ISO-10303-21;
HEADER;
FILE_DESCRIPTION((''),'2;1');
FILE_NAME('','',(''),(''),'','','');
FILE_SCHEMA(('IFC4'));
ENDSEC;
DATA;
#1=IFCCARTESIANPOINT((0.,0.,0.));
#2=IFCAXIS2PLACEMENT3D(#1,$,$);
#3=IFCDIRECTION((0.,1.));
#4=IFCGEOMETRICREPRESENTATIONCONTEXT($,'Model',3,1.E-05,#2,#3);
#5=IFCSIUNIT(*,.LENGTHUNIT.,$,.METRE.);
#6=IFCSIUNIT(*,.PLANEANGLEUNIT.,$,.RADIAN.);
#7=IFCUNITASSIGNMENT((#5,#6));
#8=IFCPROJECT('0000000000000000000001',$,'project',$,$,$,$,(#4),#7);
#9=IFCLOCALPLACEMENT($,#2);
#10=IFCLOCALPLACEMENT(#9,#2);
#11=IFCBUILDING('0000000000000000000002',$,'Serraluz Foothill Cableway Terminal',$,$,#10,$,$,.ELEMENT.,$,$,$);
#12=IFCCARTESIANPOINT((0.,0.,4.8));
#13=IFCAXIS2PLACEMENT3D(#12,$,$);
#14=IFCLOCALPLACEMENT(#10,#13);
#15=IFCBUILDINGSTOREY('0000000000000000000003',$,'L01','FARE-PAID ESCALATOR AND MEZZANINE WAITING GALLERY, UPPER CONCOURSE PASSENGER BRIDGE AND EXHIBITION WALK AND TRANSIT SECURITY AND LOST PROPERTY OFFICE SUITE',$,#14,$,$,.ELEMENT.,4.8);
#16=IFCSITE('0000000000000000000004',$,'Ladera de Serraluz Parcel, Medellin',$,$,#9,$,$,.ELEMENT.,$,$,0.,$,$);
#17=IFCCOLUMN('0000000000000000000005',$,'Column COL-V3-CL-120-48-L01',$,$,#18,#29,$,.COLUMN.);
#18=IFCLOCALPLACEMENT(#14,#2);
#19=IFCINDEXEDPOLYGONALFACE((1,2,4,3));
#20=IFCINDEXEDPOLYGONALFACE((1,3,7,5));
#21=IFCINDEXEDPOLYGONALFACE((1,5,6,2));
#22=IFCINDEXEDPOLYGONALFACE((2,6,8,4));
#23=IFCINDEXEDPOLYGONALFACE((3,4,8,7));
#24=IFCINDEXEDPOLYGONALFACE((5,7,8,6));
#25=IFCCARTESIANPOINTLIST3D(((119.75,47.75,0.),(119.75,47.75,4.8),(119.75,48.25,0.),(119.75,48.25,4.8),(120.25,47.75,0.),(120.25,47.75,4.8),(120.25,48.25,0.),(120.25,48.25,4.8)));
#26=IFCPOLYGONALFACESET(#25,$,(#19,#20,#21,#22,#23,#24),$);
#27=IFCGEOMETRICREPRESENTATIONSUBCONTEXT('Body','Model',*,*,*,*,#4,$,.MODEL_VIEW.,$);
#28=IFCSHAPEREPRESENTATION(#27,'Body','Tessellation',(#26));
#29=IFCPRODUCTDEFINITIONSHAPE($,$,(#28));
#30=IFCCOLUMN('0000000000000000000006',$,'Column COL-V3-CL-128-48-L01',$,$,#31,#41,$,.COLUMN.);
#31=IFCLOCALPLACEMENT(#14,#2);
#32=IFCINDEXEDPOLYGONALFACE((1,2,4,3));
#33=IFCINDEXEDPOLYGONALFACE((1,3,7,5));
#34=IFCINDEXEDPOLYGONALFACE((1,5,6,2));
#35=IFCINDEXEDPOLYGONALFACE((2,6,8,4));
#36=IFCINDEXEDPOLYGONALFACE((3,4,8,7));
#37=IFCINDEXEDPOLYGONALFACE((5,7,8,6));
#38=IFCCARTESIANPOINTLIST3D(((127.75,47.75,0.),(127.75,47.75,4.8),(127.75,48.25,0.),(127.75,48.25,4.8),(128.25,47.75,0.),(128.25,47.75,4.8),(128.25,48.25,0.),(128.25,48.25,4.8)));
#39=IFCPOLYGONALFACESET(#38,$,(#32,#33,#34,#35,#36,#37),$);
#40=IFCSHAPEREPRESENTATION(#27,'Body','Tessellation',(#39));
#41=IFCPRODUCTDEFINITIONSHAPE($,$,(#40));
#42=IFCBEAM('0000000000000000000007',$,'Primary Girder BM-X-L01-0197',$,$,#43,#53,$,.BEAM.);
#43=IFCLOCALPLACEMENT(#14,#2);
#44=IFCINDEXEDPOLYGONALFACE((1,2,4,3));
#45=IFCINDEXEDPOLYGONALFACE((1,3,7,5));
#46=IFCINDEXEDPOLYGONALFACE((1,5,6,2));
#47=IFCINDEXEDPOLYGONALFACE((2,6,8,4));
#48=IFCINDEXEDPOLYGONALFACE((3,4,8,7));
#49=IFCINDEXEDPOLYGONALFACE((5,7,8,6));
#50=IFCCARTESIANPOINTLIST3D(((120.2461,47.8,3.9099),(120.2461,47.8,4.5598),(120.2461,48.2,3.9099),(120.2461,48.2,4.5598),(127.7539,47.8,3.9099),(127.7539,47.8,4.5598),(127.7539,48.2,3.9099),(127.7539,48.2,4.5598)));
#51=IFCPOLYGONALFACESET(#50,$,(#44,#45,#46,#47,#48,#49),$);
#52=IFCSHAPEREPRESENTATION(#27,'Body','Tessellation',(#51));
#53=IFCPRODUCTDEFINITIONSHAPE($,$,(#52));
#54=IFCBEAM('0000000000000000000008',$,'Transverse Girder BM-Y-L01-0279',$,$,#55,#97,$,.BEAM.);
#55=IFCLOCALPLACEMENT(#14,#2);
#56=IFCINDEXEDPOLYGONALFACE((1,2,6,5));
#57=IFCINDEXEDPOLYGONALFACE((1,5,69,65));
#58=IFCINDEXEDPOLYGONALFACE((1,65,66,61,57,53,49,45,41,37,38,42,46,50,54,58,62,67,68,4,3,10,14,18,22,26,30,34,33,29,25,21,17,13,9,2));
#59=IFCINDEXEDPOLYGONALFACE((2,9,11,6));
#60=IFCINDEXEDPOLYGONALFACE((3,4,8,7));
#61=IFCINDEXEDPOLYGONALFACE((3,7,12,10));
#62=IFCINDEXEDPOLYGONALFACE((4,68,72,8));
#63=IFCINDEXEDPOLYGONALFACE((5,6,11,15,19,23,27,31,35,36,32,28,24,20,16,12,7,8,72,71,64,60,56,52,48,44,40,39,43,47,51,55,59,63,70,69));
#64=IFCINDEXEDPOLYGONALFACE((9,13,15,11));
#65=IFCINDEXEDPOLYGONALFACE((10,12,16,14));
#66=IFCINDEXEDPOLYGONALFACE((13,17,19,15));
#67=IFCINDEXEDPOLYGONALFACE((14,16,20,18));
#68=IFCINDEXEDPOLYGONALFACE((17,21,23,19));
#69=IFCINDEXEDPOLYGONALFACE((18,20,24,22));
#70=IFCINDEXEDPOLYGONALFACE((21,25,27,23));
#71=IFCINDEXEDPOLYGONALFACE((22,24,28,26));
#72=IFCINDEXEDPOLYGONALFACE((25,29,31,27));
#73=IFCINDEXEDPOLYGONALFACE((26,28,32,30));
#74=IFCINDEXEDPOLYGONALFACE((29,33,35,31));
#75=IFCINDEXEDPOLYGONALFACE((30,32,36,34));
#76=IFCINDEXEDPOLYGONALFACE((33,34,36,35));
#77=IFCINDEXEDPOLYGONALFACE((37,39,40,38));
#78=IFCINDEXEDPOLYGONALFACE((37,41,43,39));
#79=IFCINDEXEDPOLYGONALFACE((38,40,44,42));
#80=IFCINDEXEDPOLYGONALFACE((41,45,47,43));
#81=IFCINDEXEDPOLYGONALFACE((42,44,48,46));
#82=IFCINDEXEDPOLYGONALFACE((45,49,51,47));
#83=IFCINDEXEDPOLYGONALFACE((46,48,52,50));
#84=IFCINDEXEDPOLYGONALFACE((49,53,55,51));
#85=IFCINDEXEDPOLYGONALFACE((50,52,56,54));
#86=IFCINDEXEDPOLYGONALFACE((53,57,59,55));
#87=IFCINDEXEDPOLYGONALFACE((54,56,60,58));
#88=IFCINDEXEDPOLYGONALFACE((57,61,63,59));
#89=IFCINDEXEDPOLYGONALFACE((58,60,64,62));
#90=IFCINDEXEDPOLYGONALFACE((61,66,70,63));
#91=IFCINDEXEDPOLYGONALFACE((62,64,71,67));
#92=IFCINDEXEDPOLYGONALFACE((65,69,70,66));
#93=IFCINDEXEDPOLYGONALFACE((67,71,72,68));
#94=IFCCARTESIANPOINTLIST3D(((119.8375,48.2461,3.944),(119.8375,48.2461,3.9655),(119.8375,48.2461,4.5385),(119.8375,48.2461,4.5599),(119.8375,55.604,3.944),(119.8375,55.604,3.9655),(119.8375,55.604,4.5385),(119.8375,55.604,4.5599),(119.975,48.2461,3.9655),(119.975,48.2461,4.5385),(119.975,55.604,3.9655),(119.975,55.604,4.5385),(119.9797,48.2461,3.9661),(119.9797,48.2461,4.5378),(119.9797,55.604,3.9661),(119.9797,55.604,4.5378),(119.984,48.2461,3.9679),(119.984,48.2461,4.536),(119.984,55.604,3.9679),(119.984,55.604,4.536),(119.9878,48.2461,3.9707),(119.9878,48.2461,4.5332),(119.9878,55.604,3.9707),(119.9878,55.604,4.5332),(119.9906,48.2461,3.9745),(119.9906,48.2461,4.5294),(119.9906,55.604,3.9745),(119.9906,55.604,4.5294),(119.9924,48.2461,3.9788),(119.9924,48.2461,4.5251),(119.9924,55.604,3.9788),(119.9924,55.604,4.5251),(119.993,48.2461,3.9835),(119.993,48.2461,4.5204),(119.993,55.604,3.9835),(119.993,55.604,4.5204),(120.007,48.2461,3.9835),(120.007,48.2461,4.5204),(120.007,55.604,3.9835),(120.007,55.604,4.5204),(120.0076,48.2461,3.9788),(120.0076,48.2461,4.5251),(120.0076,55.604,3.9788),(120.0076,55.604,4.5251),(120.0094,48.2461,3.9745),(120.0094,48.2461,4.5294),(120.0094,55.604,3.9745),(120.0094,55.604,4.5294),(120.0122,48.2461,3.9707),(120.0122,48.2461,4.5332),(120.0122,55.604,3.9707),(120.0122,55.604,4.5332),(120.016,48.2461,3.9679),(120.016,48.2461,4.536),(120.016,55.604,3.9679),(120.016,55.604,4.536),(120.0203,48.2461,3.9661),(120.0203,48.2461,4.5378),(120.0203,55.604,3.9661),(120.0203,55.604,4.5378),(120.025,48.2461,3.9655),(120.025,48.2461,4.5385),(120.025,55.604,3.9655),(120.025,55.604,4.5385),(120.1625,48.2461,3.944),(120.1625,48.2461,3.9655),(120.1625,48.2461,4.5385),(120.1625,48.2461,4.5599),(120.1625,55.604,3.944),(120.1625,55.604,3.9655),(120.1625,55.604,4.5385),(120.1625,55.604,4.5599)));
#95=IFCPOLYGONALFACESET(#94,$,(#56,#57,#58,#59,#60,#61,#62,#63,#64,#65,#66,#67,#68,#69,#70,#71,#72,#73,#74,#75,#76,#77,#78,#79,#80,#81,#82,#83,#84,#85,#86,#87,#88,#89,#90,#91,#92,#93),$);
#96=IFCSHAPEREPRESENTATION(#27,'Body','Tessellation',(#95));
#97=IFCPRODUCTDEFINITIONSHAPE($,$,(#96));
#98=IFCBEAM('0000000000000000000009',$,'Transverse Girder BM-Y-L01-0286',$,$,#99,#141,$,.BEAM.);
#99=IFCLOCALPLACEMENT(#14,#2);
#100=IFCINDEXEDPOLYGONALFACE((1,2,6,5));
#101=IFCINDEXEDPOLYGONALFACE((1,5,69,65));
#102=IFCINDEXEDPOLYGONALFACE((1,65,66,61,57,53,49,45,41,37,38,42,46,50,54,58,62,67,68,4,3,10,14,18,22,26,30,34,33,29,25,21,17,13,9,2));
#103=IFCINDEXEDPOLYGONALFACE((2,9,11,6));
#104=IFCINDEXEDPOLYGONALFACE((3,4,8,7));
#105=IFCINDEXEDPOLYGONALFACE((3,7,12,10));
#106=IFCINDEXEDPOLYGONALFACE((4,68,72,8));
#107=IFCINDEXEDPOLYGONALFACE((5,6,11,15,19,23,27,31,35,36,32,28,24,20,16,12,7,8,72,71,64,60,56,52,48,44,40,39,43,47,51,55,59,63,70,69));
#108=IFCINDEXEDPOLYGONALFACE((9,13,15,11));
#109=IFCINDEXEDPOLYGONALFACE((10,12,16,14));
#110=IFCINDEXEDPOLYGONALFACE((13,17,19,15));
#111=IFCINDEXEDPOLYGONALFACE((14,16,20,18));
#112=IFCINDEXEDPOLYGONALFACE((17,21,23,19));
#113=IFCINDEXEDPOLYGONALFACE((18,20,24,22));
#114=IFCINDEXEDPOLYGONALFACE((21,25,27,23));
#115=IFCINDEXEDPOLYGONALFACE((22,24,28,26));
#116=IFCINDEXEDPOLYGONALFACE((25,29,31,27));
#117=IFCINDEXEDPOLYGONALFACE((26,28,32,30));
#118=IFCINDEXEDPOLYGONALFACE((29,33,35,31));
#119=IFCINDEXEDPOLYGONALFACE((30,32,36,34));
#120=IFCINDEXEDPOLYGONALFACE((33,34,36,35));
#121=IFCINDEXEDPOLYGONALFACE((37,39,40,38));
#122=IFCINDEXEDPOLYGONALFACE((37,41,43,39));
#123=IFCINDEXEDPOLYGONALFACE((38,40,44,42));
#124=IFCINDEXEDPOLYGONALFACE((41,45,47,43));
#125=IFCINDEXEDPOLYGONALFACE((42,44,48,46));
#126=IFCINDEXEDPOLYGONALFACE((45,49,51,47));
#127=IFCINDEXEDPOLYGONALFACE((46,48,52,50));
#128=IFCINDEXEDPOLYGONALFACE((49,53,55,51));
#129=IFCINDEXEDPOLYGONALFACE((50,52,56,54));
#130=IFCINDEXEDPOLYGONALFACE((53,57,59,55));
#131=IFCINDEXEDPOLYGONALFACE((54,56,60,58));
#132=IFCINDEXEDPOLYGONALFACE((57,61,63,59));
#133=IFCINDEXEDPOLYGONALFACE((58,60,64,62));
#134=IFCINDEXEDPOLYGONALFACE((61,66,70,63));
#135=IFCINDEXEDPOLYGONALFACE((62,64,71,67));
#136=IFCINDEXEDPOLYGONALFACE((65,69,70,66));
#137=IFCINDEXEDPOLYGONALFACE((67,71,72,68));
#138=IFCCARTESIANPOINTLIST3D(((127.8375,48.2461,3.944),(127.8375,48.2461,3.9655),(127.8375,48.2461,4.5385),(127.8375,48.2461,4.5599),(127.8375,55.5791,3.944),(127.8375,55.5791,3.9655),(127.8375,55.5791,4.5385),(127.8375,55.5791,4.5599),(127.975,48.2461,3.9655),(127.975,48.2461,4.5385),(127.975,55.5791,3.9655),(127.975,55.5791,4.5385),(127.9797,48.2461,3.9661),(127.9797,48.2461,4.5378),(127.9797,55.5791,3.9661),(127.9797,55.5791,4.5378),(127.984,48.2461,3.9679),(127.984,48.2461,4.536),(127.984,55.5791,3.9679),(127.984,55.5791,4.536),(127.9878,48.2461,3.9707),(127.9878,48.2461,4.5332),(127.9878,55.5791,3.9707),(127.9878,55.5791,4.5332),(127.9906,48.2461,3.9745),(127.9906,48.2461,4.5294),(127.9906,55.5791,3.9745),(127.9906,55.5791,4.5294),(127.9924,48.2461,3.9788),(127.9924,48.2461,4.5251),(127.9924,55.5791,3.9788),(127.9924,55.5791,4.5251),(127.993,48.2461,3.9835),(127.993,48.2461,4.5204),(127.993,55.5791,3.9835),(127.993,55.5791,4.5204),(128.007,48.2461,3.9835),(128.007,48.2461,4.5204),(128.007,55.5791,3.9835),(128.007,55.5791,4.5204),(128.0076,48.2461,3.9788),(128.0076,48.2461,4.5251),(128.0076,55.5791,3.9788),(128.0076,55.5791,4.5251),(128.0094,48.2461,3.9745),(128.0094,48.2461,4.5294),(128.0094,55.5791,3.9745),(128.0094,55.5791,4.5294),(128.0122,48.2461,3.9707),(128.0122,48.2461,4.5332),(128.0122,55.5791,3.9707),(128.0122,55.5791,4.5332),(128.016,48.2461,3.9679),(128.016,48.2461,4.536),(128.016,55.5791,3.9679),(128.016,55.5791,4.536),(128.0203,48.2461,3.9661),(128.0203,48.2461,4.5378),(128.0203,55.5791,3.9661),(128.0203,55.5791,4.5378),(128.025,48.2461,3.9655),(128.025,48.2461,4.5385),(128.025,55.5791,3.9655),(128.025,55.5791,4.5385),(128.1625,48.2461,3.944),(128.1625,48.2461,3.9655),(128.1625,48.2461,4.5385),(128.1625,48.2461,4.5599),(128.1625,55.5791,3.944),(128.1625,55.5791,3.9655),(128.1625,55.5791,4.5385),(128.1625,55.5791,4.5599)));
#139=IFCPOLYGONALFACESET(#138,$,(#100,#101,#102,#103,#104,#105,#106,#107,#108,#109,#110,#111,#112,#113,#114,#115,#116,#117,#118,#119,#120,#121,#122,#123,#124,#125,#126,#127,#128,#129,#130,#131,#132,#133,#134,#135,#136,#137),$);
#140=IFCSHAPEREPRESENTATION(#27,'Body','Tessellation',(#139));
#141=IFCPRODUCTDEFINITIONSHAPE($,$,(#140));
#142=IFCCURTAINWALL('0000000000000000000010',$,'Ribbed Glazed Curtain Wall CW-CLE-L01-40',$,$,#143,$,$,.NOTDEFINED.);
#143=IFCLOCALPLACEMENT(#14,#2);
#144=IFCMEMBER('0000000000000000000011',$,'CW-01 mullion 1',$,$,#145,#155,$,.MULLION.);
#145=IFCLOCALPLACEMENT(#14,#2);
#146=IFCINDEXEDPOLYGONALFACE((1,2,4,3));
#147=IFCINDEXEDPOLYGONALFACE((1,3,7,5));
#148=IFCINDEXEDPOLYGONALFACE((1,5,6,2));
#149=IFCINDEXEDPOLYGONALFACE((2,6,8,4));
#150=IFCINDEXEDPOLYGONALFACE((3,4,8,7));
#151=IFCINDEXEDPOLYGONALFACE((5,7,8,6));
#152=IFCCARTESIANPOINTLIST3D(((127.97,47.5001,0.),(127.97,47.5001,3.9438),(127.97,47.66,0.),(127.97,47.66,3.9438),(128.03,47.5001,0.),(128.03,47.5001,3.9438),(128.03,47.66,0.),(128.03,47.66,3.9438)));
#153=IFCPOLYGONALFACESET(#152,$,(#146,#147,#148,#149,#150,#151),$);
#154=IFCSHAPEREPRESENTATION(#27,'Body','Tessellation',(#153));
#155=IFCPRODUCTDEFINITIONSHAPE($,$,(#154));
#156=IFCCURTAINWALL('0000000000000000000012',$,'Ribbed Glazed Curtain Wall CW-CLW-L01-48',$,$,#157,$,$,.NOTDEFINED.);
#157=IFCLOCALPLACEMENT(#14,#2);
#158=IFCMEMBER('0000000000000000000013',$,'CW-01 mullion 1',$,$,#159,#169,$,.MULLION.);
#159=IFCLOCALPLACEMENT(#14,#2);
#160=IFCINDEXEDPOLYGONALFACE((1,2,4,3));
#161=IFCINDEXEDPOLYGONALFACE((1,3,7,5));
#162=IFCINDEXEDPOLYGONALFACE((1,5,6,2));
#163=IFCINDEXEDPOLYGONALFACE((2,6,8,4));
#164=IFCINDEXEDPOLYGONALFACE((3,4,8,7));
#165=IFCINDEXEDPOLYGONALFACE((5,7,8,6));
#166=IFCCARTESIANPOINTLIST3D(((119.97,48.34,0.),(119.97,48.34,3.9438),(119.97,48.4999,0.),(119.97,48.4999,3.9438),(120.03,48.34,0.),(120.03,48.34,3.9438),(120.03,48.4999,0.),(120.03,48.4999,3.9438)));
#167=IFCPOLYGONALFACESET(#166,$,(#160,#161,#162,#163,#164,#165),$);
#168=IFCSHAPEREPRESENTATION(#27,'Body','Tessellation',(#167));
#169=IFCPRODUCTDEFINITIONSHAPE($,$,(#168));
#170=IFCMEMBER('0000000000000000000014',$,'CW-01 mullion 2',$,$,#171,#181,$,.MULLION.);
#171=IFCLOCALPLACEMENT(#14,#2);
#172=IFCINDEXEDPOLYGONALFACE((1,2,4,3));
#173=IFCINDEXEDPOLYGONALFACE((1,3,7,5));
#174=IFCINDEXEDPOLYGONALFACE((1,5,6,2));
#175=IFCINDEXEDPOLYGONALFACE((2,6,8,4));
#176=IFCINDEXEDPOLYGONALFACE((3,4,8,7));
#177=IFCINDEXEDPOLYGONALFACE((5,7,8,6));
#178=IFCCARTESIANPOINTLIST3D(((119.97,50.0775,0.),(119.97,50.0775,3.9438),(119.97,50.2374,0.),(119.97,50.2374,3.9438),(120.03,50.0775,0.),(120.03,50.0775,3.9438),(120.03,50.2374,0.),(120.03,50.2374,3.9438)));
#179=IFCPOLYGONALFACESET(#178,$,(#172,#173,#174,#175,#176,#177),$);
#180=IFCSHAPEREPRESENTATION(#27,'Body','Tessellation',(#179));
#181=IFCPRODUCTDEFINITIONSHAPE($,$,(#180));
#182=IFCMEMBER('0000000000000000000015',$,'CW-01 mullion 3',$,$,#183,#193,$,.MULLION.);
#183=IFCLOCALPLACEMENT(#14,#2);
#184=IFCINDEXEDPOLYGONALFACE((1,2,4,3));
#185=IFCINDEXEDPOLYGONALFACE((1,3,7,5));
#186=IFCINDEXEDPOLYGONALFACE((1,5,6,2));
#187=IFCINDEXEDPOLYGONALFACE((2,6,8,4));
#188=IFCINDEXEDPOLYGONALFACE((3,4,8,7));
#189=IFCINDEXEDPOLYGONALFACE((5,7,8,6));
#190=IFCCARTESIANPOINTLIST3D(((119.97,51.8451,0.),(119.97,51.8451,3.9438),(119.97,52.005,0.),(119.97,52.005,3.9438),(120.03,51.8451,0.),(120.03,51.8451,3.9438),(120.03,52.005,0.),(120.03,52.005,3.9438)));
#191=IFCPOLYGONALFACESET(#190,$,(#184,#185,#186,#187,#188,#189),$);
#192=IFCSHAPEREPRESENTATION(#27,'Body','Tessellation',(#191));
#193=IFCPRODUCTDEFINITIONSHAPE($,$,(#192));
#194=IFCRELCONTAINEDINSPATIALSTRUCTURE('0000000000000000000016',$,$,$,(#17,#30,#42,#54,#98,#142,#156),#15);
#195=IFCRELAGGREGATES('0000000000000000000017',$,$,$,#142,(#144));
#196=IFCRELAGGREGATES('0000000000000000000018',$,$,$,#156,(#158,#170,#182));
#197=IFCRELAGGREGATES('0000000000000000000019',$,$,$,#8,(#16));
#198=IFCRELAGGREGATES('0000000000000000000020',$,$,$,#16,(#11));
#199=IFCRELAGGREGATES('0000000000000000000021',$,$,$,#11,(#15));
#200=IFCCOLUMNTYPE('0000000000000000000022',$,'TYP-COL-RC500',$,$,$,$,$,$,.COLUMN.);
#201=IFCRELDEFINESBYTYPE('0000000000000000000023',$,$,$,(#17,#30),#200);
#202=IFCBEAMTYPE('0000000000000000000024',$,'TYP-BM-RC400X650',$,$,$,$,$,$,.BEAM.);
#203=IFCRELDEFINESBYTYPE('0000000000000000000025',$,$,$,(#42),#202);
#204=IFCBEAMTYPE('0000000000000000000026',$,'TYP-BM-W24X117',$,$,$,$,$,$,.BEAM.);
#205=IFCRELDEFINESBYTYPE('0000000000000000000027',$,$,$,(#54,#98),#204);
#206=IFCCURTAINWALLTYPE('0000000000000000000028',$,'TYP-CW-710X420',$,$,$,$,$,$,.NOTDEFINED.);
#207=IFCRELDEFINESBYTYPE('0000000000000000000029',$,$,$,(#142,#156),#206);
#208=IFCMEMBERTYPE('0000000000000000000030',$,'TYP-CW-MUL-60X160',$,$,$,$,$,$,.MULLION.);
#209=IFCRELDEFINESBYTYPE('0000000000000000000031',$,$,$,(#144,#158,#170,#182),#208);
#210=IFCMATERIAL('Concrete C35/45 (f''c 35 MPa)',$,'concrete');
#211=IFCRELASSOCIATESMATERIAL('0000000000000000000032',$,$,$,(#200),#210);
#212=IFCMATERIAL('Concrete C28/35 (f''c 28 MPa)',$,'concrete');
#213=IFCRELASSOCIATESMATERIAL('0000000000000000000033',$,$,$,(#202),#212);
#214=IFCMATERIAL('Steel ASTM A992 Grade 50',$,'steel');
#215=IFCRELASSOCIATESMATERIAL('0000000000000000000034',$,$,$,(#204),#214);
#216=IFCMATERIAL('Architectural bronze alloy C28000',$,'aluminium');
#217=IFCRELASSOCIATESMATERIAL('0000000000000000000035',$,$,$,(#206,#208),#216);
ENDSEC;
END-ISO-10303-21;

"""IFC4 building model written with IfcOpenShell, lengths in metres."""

from ifc_helpers import new_model, si_unit, direction, frame, origin, origin_2d, place, context, subcontext, project, spatial, rectangle, i_section, extrude, material, material_profile, profile_set, type_object, element, aggregate, save


model = new_model("IFC4")

# Units and contexts
model_context = context("Model", 3, precision=1e-05, world=origin(), true_north=direction((0.0, 1.0)))
body_context = subcontext(model_context, "Body", "Model", "MODEL_VIEW")
ifc_project = project(units=[si_unit("LENGTHUNIT", "METRE"), si_unit("PLANEANGLEUNIT", "RADIAN")], contexts=[model_context])

# Site, building, storey
site_placement = place(None, origin())
site = spatial("IfcSite", under=ifc_project, at=site_placement, Name="Ladera de Serraluz Parcel, Medellin", CompositionType="ELEMENT", RefElevation=0.0)
building_placement = place(site_placement, origin())
building = spatial("IfcBuilding", under=site, at=building_placement, Name="Serraluz Foothill Cableway Terminal", CompositionType="ELEMENT")
storey_placement = place(building_placement, frame((0.0, 0.0, 4.8)))
storey = spatial("IfcBuildingStorey", under=building, at=storey_placement, Name="L01", Description="FARE-PAID ESCALATOR AND MEZZANINE WAITING GALLERY, UPPER CONCOURSE PASSENGER BRIDGE AND EXHIBITION WALK AND TRANSIT SECURITY AND LOST PROPERTY OFFICE SUITE", CompositionType="ELEMENT", Elevation=4.8)

# Columns
ifc_material_1 = material(Name="Concrete C35/45 (f'c 35 MPa)", Category="concrete")
ifc_material_profile_1 = material_profile(ifc_material_1, rectangle(XDim=0.5, YDim=0.5, at=origin_2d()), Name="RC 500x500")
ifc_profile_set_1 = profile_set([ifc_material_profile_1], Name="Concrete C35/45 (f'c 35 MPa)")
column_type = type_object("IfcColumnType", Name="TYP-COL-RC500", PredefinedType="COLUMN", material=ifc_profile_set_1)
for number, where, z_axis, x_axis, name in (
    (1, (120.0, 48.0, 0.0), (0.0, 0.0, 1.0), (1.0, 0.0, 0.0), "Column COL-V3-CL-120-48-L01"),
    (2, (128.0, 48.0, 0.0), (0.0, 0.0, 1.0), (1.0, 0.0, 0.0), "Column COL-V3-CL-128-48-L01"),
):
    element("IfcColumn", number, at=place(storey_placement, frame(where, z_axis=z_axis, x_axis=x_axis)), inside=storey, type_object=column_type, Name=name, PredefinedType="COLUMN", context=body_context, shape_type="SweptSolid", body=[
        extrude(rectangle(XDim=0.5, YDim=0.5, at=origin_2d()), origin(), (0.0, 0.0, 1.0), 4.8),
    ])

# Beams
ifc_material_2 = material(Name="Concrete C28/35 (f'c 28 MPa)", Category="concrete")
ifc_material_profile_2 = material_profile(ifc_material_2, rectangle(XDim=0.3999, YDim=0.6499, at=origin_2d()), Name="RC 400x650")
ifc_profile_set_2 = profile_set([ifc_material_profile_2], Name="Concrete C28/35 (f'c 28 MPa)")
beam_type_1 = type_object("IfcBeamType", Name="TYP-BM-RC400X650", PredefinedType="BEAM", material=ifc_profile_set_2)
beam_1_placement = place(storey_placement, frame((120.2461, 48.0, 4.2349), z_axis=(1.0, 0.0, 0.0), x_axis=(0.0, 1.0, 0.0)))
element("IfcBeam", 3, at=beam_1_placement, inside=storey, type_object=beam_type_1, Name="Primary Girder BM-X-L01-0197", PredefinedType="BEAM", context=body_context, shape_type="SweptSolid", body=[
    extrude(rectangle(XDim=0.3999, YDim=0.6499, at=origin_2d()), origin(), (0.0, 0.0, 1.0), 7.5078),
])
ifc_material_3 = material(Name="Steel ASTM A992 Grade 50", Category="steel")
ifc_material_profile_3 = material_profile(ifc_material_3, i_section(OverallWidth=0.325, OverallDepth=0.616, WebThickness=0.0139, FlangeThickness=0.0215, FilletRadius=0.0181, at=origin_2d()), Name="W24X117")
ifc_profile_set_3 = profile_set([ifc_material_profile_3], Name="Steel ASTM A992 Grade 50")
beam_type_2 = type_object("IfcBeamType", Name="TYP-BM-W24X117", PredefinedType="BEAM", material=ifc_profile_set_3)
beam_2_placement = place(storey_placement, frame((120.0, 48.2461, 4.252), z_axis=(0.0, 1.0, 0.0), x_axis=(-1.0, 0.0, 0.0)))
element("IfcBeam", 4, at=beam_2_placement, inside=storey, type_object=beam_type_2, Name="Transverse Girder BM-Y-L01-0279", PredefinedType="BEAM", context=body_context, shape_type="SweptSolid", body=[
    extrude(i_section(OverallWidth=0.325, OverallDepth=0.616, WebThickness=0.0139, FlangeThickness=0.0215, FilletRadius=0.0181, at=origin_2d()), origin(), (0.0, 0.0, 1.0), 7.3579),
])
beam_3_placement = place(storey_placement, frame((128.0, 48.2461, 4.252), z_axis=(0.0, 1.0, 0.0), x_axis=(-1.0, 0.0, 0.0)))
element("IfcBeam", 5, at=beam_3_placement, inside=storey, type_object=beam_type_2, Name="Transverse Girder BM-Y-L01-0286", PredefinedType="BEAM", context=body_context, shape_type="SweptSolid", body=[
    extrude(i_section(OverallWidth=0.325, OverallDepth=0.616, WebThickness=0.0139, FlangeThickness=0.0215, FilletRadius=0.0181, at=origin_2d()), origin(), (0.0, 0.0, 1.0), 7.333),
])

# Curtain wall, member
ifc_material_4 = material(Name="Architectural bronze alloy C28000", Category="aluminium")
curtain_wall_type = type_object("IfcCurtainWallType", Name="TYP-CW-710X420", PredefinedType="NOTDEFINED", material=ifc_material_4)
curtain_wall_1_placement = place(storey_placement, origin())
curtain_wall_1 = element("IfcCurtainWall", 6, at=curtain_wall_1_placement, inside=storey, type_object=curtain_wall_type, Name="Ribbed Glazed Curtain Wall CW-CLE-L01-40", PredefinedType="NOTDEFINED")
ifc_material_profile_4 = material_profile(ifc_material_4, rectangle(XDim=0.0601, YDim=0.1599, at=origin_2d()), Name="ALU MULLION 60x160")
ifc_profile_set_4 = profile_set([ifc_material_profile_4], Name="Architectural bronze alloy C28000")
member_type_1 = type_object("IfcMemberType", Name="TYP-CW-MUL-60X160", PredefinedType="MULLION", material=ifc_profile_set_4)
member_1_placement = place(storey_placement, frame((128.0, 47.5801, 0.0), z_axis=(0.0, 0.0, 1.0), x_axis=(1.0, 0.0, 0.0)))
member_1 = element("IfcMember", 7, at=member_1_placement, type_object=member_type_1, Name="CW-01 mullion 1", PredefinedType="MULLION", context=body_context, shape_type="SweptSolid", body=[
    extrude(rectangle(XDim=0.0601, YDim=0.1599, at=origin_2d()), origin(), (0.0, 0.0, 1.0), 3.9438),
])
aggregate(curtain_wall_1, [member_1])

# Curtain wall, members
curtain_wall_2_placement = place(storey_placement, origin())
curtain_wall_2 = element("IfcCurtainWall", 8, at=curtain_wall_2_placement, inside=storey, type_object=curtain_wall_type, Name="Ribbed Glazed Curtain Wall CW-CLW-L01-48", PredefinedType="NOTDEFINED")
member_2_placement = place(storey_placement, frame((120.0, 48.4199, 0.0), z_axis=(0.0, 0.0, 1.0), x_axis=(-1.0, 0.0, 0.0)))
member_2 = element("IfcMember", 9, at=member_2_placement, type_object=member_type_1, Name="CW-01 mullion 1", PredefinedType="MULLION", context=body_context, shape_type="SweptSolid", body=[
    extrude(rectangle(XDim=0.0601, YDim=0.1599, at=origin_2d()), origin(), (0.0, 0.0, 1.0), 3.9438),
])
member_3_placement = place(storey_placement, frame((120.0, 50.1575, 0.0), z_axis=(0.0, 0.0, 1.0), x_axis=(-1.0, 0.0, 0.0)))
member_3 = element("IfcMember", 10, at=member_3_placement, type_object=member_type_1, Name="CW-01 mullion 2", PredefinedType="MULLION", context=body_context, shape_type="SweptSolid", body=[
    extrude(rectangle(XDim=0.0601, YDim=0.1599, at=origin_2d()), origin(), (0.0, 0.0, 1.0), 3.9438),
])
member_4_placement = place(storey_placement, frame((120.0, 51.925, 0.0), z_axis=(0.0, 0.0, 1.0), x_axis=(-1.0, 0.0, 0.0)))
member_4 = element("IfcMember", 11, at=member_4_placement, type_object=member_type_1, Name="CW-01 mullion 3", PredefinedType="MULLION", context=body_context, shape_type="SweptSolid", body=[
    extrude(rectangle(XDim=0.0601, YDim=0.1599, at=origin_2d()), origin(), (0.0, 0.0, 1.0), 3.9438),
])

aggregate(curtain_wall_2, [member_2, member_3, member_4])

save(model, "model.ifc")
